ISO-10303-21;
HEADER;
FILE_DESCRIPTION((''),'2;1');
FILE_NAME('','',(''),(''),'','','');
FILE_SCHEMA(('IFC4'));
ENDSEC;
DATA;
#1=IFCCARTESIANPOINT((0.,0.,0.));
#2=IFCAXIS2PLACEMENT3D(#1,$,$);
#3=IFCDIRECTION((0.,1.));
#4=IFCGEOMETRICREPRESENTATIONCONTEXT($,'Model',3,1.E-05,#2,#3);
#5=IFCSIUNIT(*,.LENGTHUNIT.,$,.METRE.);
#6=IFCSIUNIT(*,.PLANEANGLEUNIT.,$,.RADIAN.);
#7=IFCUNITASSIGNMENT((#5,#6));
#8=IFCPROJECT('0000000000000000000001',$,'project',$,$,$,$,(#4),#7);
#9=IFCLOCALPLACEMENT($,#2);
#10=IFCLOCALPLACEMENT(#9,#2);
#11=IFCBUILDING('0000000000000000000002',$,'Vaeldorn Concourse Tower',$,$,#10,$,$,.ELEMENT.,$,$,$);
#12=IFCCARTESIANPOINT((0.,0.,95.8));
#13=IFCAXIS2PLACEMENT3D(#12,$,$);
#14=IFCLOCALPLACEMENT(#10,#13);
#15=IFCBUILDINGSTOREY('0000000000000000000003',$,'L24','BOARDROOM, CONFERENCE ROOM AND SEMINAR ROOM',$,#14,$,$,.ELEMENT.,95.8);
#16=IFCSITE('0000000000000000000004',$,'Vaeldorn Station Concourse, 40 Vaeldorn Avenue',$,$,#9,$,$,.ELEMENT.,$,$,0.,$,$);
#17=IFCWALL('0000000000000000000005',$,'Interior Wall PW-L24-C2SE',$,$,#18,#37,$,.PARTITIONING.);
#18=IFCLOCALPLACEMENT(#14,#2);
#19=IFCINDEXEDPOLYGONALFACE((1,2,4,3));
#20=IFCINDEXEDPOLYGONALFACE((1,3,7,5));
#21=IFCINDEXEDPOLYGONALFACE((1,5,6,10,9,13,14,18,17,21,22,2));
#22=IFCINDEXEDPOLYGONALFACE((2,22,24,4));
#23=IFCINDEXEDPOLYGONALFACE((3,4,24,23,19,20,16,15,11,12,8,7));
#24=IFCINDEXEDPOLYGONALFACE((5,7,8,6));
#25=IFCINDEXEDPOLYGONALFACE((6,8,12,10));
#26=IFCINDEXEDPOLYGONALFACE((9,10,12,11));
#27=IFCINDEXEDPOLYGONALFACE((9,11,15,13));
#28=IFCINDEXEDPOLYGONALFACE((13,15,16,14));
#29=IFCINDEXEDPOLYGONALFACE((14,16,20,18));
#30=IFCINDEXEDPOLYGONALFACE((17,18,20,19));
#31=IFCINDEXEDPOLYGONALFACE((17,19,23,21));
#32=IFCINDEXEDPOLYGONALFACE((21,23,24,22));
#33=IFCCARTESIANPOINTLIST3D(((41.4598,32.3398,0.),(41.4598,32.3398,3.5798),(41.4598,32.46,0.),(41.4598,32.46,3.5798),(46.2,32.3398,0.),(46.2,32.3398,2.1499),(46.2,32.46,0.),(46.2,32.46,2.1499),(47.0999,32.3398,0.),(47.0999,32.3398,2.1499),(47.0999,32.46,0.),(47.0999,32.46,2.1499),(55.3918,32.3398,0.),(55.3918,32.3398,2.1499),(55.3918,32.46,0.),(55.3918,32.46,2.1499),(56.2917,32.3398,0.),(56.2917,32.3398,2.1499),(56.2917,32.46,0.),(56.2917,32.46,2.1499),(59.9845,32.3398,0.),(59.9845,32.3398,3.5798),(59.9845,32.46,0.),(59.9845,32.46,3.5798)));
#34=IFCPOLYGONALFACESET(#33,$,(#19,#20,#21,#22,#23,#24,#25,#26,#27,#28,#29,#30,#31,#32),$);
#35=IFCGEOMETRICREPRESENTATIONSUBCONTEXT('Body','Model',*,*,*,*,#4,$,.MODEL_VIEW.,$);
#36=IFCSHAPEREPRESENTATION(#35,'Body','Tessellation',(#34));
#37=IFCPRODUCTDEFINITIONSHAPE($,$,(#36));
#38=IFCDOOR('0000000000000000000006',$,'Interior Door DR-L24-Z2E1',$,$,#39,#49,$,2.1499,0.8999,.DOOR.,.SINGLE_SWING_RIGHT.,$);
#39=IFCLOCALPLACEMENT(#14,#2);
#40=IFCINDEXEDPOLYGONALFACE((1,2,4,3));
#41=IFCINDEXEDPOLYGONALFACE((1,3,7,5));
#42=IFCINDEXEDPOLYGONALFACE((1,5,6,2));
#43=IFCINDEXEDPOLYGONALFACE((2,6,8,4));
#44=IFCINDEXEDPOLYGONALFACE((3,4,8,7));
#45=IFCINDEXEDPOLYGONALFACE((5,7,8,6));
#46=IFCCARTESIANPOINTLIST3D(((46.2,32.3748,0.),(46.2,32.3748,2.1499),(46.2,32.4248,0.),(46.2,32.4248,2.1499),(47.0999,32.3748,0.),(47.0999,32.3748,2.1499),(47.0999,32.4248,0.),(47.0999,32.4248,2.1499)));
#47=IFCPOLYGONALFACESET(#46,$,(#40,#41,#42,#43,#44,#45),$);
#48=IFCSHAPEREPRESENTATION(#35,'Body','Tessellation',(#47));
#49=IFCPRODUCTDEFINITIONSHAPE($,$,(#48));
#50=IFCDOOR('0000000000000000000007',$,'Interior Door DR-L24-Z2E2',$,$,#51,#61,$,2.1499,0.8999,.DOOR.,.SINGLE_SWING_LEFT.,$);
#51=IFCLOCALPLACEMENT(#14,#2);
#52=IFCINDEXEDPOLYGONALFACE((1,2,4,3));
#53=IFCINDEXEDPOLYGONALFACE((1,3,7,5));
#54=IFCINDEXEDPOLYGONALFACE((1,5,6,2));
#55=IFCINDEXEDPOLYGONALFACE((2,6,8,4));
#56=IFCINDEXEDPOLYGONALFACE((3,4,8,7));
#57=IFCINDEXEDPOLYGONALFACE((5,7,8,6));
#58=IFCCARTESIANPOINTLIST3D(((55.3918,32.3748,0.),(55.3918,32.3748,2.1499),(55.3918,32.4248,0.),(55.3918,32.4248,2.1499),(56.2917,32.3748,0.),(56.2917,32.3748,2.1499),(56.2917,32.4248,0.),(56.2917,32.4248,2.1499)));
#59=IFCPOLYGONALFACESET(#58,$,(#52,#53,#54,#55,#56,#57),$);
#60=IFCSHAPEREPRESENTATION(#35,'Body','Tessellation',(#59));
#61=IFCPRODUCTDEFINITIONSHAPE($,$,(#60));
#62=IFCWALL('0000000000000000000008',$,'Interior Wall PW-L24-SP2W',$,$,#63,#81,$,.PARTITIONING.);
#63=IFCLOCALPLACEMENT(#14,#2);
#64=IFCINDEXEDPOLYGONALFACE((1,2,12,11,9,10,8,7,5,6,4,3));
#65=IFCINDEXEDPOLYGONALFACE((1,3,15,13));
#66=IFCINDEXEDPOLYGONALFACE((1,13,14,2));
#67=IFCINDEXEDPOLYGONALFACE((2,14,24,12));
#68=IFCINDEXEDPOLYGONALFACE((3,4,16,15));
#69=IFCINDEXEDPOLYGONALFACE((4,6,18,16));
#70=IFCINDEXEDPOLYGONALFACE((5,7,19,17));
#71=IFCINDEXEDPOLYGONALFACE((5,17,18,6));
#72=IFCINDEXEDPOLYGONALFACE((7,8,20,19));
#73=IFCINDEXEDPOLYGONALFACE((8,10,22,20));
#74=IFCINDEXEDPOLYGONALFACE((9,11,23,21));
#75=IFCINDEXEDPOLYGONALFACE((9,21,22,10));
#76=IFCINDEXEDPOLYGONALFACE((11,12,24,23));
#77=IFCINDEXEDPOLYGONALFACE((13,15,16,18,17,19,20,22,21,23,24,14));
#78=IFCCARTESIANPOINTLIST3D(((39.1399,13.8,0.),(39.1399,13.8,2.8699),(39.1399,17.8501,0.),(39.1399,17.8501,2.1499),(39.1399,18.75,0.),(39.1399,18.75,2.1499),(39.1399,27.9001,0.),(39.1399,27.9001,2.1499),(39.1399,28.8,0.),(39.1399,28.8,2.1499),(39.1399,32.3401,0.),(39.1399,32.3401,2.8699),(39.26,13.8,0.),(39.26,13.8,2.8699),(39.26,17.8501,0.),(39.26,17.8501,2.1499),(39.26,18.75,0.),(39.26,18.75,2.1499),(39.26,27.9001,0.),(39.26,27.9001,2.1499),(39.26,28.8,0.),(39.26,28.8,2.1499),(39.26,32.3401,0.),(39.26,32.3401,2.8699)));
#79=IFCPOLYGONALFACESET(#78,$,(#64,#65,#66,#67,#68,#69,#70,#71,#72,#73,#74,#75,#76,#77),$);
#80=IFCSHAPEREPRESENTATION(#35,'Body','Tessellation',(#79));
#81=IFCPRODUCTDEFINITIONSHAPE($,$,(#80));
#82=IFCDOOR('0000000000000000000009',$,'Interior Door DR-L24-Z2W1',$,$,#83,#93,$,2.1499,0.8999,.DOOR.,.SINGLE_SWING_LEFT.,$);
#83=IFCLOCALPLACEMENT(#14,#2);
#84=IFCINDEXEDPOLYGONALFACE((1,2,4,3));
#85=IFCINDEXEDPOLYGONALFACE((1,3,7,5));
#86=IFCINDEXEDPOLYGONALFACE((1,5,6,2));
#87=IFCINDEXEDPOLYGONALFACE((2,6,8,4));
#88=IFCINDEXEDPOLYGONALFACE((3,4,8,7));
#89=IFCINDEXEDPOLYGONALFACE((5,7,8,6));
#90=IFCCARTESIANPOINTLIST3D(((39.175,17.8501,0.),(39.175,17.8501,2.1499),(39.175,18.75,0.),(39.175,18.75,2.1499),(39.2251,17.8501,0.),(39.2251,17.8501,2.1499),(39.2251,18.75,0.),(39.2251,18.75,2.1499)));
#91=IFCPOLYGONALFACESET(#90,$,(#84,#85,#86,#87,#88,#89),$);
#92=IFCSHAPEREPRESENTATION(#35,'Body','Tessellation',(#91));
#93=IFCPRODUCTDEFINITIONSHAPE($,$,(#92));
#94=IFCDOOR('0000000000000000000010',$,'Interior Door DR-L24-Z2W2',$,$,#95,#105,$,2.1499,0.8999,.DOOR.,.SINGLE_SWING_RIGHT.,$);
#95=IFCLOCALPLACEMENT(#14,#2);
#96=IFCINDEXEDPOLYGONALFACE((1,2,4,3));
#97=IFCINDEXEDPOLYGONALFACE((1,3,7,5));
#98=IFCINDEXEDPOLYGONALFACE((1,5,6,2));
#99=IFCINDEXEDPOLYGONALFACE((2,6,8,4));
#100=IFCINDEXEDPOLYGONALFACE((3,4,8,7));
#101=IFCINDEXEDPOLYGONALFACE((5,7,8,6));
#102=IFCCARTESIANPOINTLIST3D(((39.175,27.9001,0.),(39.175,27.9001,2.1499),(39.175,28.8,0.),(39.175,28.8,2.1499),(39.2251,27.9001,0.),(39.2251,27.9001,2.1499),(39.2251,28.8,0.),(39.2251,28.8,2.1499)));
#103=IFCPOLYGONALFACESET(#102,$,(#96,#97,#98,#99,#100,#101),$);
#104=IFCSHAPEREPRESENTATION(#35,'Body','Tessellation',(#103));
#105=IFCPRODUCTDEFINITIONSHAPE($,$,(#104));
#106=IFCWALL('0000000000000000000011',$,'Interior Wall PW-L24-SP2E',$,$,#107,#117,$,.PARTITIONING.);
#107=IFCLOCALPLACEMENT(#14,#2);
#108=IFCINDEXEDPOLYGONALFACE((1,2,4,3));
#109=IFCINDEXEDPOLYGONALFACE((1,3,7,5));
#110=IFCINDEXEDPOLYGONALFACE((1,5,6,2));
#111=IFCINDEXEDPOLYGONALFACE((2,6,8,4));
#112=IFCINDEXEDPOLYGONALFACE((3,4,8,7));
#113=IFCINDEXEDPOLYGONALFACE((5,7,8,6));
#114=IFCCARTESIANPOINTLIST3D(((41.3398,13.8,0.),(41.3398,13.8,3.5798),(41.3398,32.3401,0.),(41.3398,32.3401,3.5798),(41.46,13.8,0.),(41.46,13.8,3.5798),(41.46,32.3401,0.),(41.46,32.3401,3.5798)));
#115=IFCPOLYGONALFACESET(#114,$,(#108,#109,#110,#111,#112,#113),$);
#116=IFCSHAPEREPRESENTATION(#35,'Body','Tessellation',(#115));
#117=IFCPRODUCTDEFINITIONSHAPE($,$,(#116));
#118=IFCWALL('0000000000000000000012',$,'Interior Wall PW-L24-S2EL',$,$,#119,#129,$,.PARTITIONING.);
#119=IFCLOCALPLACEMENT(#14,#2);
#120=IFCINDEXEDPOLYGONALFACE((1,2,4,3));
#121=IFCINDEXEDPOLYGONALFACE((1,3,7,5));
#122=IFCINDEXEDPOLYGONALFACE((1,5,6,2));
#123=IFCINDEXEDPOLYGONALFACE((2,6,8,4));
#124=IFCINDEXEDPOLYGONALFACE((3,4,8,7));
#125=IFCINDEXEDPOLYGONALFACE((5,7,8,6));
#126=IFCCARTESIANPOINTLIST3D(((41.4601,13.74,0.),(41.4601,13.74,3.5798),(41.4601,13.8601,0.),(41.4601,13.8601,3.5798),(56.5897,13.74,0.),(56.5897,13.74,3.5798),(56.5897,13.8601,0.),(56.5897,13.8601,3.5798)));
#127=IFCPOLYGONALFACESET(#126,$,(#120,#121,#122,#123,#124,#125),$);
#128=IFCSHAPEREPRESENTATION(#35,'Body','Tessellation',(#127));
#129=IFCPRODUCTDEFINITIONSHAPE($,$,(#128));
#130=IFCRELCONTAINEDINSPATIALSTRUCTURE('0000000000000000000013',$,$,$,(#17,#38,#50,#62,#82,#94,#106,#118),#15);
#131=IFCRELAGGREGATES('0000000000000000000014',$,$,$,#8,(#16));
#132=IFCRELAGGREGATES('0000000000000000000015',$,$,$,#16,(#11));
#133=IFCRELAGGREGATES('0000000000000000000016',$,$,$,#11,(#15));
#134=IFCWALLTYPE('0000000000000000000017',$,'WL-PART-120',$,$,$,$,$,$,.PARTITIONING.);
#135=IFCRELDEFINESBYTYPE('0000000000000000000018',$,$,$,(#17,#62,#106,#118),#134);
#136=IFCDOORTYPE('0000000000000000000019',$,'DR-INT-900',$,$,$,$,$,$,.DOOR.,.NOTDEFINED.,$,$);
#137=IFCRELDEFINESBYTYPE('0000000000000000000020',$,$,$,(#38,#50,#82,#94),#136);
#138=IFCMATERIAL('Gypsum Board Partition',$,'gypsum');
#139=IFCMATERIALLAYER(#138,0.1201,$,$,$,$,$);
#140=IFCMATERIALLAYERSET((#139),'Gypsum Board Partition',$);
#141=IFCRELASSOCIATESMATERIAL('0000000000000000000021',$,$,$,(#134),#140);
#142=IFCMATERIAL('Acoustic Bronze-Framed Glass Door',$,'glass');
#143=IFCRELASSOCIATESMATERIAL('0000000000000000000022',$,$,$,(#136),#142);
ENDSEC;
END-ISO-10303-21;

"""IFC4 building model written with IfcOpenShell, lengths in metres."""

from ifc_helpers import new_model, si_unit, direction, frame, frame_2d, origin, place, context, subcontext, project, spatial, rectangle, extrude, source, transform, mapped, material, layer, layer_set, type_object, element, fill, save


model = new_model("IFC4")

# Units and contexts
model_context = context("Model", 3, precision=1e-05, world=origin(), true_north=direction((0.0, 1.0)))
body_context = subcontext(model_context, "Body", "Model", "MODEL_VIEW")
ifc_project = project(units=[si_unit("LENGTHUNIT", "METRE"), si_unit("PLANEANGLEUNIT", "RADIAN")], contexts=[model_context])

# Site, building, storey
site_placement = place(None, origin())
site = spatial("IfcSite", under=ifc_project, at=site_placement, Name="Vaeldorn Station Concourse, 40 Vaeldorn Avenue", CompositionType="ELEMENT", RefElevation=0.0)
building_placement = place(site_placement, origin())
building = spatial("IfcBuilding", under=site, at=building_placement, Name="Vaeldorn Concourse Tower", CompositionType="ELEMENT")
storey_placement = place(building_placement, frame((0.0, 0.0, 95.8)))
storey = spatial("IfcBuildingStorey", under=building, at=storey_placement, Name="L24", Description="BOARDROOM, CONFERENCE ROOM AND SEMINAR ROOM", CompositionType="ELEMENT", Elevation=95.8)

# Walls, openings, doors
ifc_material_1 = material(Name="Gypsum Board Partition", Category="gypsum")
ifc_layer_1 = layer(ifc_material_1, 0.1201)
ifc_layer_set_1 = layer_set([ifc_layer_1], Name="Gypsum Board Partition")
wall_type_1 = type_object("IfcWallType", Name="WL-PART-120", PredefinedType="PARTITIONING", material=ifc_layer_set_1)
wall_1_placement = place(storey_placement, frame((41.46, 32.3999, 0.0), z_axis=(0.0, 0.0, 1.0), x_axis=(1.0, 0.0, 0.0)))
wall_1 = element("IfcWall", 1, at=wall_1_placement, inside=storey, type_object=wall_type_1, Name="Interior Wall PW-L24-C2SE", PredefinedType="PARTITIONING", context=body_context, shape_type="SweptSolid", body=[
    extrude(rectangle(XDim=18.5247, YDim=0.1201, at=frame_2d((9.2622, 0.0))), origin(), (0.0, 0.0, 1.0), 3.5798),
])
opening_1_placement = place(wall_1_placement, frame((4.74, 0.0, 0.0)))
opening_1 = element("IfcOpeningElement", 2, at=opening_1_placement, cuts=wall_1, PredefinedType="OPENING", context=body_context, shape_type="SweptSolid", body=[
    extrude(rectangle(XDim=0.8999, YDim=2.1499, at=frame_2d((0.45, 1.075))), frame((0.0, 0.0701, 0.0), z_axis=(0.0, -1.0, 0.0), x_axis=(1.0, 0.0, 0.0)), (0.0, 0.0, 1.0), 0.1401),
])
opening_2_placement = place(wall_1_placement, frame((13.9319, 0.0, 0.0)))
opening_2 = element("IfcOpeningElement", 3, at=opening_2_placement, cuts=wall_1, PredefinedType="OPENING", context=body_context, shape_type="SweptSolid", body=[
    extrude(rectangle(XDim=0.8999, YDim=2.1499, at=frame_2d((0.45, 1.075))), frame((0.0, 0.0701, 0.0), z_axis=(0.0, -1.0, 0.0), x_axis=(1.0, 0.0, 0.0)), (0.0, 0.0, 1.0), 0.1401),
])
ifc_material_2 = material(Name="Acoustic Bronze-Framed Glass Door", Category="glass")
door_type = type_object("IfcDoorType", Name="DR-INT-900", OperationType="NOTDEFINED", PredefinedType="DOOR", material=ifc_material_2)
shared_shape_1 = source(origin(), body_context, "Body", "SweptSolid", [
    extrude(rectangle(XDim=0.8999, YDim=2.1499, at=frame_2d((0.45, 1.075))), frame((0.0, 0.0249, 0.0), z_axis=(0.0, -1.0, 0.0), x_axis=(1.0, 0.0, 0.0)), (0.0, 0.0, 1.0), 0.05),
])
door_1_placement = place(opening_1_placement, origin())
door_1 = element("IfcDoor", 4, at=door_1_placement, inside=storey, type_object=door_type, Name="Interior Door DR-L24-Z2E1", OperationType="SINGLE_SWING_RIGHT", OverallHeight=2.1499, OverallWidth=0.8999, PredefinedType="DOOR", context=body_context, shape_type="MappedRepresentation", body=[
    mapped(shared_shape_1, transform((0.0, 0.0, 0.0), scale=1.0)),
])
fill(opening_1, door_1)
door_2_placement = place(opening_2_placement, origin())
door_2 = element("IfcDoor", 5, at=door_2_placement, inside=storey, type_object=door_type, Name="Interior Door DR-L24-Z2E2", OperationType="SINGLE_SWING_LEFT", OverallHeight=2.1499, OverallWidth=0.8999, PredefinedType="DOOR", context=body_context, shape_type="MappedRepresentation", body=[
    mapped(shared_shape_1, transform((0.0, 0.0, 0.0), scale=1.0)),
])
fill(opening_2, door_2)
wall_2_placement = place(storey_placement, frame((39.2, 13.8, 0.0), z_axis=(0.0, 0.0, 1.0), x_axis=(0.0, 1.0, 0.0)))
wall_2 = element("IfcWall", 6, at=wall_2_placement, inside=storey, type_object=wall_type_1, Name="Interior Wall PW-L24-SP2W", PredefinedType="PARTITIONING", context=body_context, shape_type="SweptSolid", body=[
    extrude(rectangle(XDim=18.54, YDim=0.1201, at=frame_2d((9.27, 0.0))), origin(), (0.0, 0.0, 1.0), 2.8699),
])
opening_3_placement = place(wall_2_placement, frame((4.05, 0.0, 0.0)))
opening_3 = element("IfcOpeningElement", 7, at=opening_3_placement, cuts=wall_2, PredefinedType="OPENING", context=body_context, shape_type="SweptSolid", body=[
    extrude(rectangle(XDim=0.8999, YDim=2.1499, at=frame_2d((0.45, 1.075))), frame((0.0, 0.0701, 0.0), z_axis=(0.0, -1.0, 0.0), x_axis=(1.0, 0.0, 0.0)), (0.0, 0.0, 1.0), 0.1401),
])
opening_4_placement = place(wall_2_placement, frame((14.1001, 0.0, 0.0)))
opening_4 = element("IfcOpeningElement", 8, at=opening_4_placement, cuts=wall_2, PredefinedType="OPENING", context=body_context, shape_type="SweptSolid", body=[
    extrude(rectangle(XDim=0.8999, YDim=2.1499, at=frame_2d((0.45, 1.075))), frame((0.0, 0.0701, 0.0), z_axis=(0.0, -1.0, 0.0), x_axis=(1.0, 0.0, 0.0)), (0.0, 0.0, 1.0), 0.1401),
])
door_3_placement = place(opening_3_placement, origin())
door_3 = element("IfcDoor", 9, at=door_3_placement, inside=storey, type_object=door_type, Name="Interior Door DR-L24-Z2W1", OperationType="SINGLE_SWING_LEFT", OverallHeight=2.1499, OverallWidth=0.8999, PredefinedType="DOOR", context=body_context, shape_type="MappedRepresentation", body=[
    mapped(shared_shape_1, transform((0.0, 0.0, 0.0), scale=1.0)),
])
fill(opening_3, door_3)
door_4_placement = place(opening_4_placement, origin())
door_4 = element("IfcDoor", 10, at=door_4_placement, inside=storey, type_object=door_type, Name="Interior Door DR-L24-Z2W2", OperationType="SINGLE_SWING_RIGHT", OverallHeight=2.1499, OverallWidth=0.8999, PredefinedType="DOOR", context=body_context, shape_type="MappedRepresentation", body=[
    mapped(shared_shape_1, transform((0.0, 0.0, 0.0), scale=1.0)),
])
fill(opening_4, door_4)

# Wall
wall_3_placement = place(storey_placement, frame((41.3999, 13.8, 0.0), z_axis=(0.0, 0.0, 1.0), x_axis=(0.0, 1.0, 0.0)))
element("IfcWall", 11, at=wall_3_placement, inside=storey, type_object=wall_type_1, Name="Interior Wall PW-L24-SP2E", PredefinedType="PARTITIONING", context=body_context, shape_type="SweptSolid", body=[
    extrude(rectangle(XDim=18.54, YDim=0.1201, at=frame_2d((9.27, 0.0))), origin(), (0.0, 0.0, 1.0), 3.5798),
])

# Wall
wall_4_placement = place(storey_placement, frame((41.46, 13.8, 0.0), z_axis=(0.0, 0.0, 1.0), x_axis=(1.0, 0.0, 0.0)))
element("IfcWall", 12, at=wall_4_placement, inside=storey, type_object=wall_type_1, Name="Interior Wall PW-L24-S2EL", PredefinedType="PARTITIONING", context=body_context, shape_type="SweptSolid", body=[
    extrude(rectangle(XDim=15.1296, YDim=0.1201, at=frame_2d((7.5649, 0.0))), origin(), (0.0, 0.0, 1.0), 3.5798),
])

save(model, "model.ifc")
